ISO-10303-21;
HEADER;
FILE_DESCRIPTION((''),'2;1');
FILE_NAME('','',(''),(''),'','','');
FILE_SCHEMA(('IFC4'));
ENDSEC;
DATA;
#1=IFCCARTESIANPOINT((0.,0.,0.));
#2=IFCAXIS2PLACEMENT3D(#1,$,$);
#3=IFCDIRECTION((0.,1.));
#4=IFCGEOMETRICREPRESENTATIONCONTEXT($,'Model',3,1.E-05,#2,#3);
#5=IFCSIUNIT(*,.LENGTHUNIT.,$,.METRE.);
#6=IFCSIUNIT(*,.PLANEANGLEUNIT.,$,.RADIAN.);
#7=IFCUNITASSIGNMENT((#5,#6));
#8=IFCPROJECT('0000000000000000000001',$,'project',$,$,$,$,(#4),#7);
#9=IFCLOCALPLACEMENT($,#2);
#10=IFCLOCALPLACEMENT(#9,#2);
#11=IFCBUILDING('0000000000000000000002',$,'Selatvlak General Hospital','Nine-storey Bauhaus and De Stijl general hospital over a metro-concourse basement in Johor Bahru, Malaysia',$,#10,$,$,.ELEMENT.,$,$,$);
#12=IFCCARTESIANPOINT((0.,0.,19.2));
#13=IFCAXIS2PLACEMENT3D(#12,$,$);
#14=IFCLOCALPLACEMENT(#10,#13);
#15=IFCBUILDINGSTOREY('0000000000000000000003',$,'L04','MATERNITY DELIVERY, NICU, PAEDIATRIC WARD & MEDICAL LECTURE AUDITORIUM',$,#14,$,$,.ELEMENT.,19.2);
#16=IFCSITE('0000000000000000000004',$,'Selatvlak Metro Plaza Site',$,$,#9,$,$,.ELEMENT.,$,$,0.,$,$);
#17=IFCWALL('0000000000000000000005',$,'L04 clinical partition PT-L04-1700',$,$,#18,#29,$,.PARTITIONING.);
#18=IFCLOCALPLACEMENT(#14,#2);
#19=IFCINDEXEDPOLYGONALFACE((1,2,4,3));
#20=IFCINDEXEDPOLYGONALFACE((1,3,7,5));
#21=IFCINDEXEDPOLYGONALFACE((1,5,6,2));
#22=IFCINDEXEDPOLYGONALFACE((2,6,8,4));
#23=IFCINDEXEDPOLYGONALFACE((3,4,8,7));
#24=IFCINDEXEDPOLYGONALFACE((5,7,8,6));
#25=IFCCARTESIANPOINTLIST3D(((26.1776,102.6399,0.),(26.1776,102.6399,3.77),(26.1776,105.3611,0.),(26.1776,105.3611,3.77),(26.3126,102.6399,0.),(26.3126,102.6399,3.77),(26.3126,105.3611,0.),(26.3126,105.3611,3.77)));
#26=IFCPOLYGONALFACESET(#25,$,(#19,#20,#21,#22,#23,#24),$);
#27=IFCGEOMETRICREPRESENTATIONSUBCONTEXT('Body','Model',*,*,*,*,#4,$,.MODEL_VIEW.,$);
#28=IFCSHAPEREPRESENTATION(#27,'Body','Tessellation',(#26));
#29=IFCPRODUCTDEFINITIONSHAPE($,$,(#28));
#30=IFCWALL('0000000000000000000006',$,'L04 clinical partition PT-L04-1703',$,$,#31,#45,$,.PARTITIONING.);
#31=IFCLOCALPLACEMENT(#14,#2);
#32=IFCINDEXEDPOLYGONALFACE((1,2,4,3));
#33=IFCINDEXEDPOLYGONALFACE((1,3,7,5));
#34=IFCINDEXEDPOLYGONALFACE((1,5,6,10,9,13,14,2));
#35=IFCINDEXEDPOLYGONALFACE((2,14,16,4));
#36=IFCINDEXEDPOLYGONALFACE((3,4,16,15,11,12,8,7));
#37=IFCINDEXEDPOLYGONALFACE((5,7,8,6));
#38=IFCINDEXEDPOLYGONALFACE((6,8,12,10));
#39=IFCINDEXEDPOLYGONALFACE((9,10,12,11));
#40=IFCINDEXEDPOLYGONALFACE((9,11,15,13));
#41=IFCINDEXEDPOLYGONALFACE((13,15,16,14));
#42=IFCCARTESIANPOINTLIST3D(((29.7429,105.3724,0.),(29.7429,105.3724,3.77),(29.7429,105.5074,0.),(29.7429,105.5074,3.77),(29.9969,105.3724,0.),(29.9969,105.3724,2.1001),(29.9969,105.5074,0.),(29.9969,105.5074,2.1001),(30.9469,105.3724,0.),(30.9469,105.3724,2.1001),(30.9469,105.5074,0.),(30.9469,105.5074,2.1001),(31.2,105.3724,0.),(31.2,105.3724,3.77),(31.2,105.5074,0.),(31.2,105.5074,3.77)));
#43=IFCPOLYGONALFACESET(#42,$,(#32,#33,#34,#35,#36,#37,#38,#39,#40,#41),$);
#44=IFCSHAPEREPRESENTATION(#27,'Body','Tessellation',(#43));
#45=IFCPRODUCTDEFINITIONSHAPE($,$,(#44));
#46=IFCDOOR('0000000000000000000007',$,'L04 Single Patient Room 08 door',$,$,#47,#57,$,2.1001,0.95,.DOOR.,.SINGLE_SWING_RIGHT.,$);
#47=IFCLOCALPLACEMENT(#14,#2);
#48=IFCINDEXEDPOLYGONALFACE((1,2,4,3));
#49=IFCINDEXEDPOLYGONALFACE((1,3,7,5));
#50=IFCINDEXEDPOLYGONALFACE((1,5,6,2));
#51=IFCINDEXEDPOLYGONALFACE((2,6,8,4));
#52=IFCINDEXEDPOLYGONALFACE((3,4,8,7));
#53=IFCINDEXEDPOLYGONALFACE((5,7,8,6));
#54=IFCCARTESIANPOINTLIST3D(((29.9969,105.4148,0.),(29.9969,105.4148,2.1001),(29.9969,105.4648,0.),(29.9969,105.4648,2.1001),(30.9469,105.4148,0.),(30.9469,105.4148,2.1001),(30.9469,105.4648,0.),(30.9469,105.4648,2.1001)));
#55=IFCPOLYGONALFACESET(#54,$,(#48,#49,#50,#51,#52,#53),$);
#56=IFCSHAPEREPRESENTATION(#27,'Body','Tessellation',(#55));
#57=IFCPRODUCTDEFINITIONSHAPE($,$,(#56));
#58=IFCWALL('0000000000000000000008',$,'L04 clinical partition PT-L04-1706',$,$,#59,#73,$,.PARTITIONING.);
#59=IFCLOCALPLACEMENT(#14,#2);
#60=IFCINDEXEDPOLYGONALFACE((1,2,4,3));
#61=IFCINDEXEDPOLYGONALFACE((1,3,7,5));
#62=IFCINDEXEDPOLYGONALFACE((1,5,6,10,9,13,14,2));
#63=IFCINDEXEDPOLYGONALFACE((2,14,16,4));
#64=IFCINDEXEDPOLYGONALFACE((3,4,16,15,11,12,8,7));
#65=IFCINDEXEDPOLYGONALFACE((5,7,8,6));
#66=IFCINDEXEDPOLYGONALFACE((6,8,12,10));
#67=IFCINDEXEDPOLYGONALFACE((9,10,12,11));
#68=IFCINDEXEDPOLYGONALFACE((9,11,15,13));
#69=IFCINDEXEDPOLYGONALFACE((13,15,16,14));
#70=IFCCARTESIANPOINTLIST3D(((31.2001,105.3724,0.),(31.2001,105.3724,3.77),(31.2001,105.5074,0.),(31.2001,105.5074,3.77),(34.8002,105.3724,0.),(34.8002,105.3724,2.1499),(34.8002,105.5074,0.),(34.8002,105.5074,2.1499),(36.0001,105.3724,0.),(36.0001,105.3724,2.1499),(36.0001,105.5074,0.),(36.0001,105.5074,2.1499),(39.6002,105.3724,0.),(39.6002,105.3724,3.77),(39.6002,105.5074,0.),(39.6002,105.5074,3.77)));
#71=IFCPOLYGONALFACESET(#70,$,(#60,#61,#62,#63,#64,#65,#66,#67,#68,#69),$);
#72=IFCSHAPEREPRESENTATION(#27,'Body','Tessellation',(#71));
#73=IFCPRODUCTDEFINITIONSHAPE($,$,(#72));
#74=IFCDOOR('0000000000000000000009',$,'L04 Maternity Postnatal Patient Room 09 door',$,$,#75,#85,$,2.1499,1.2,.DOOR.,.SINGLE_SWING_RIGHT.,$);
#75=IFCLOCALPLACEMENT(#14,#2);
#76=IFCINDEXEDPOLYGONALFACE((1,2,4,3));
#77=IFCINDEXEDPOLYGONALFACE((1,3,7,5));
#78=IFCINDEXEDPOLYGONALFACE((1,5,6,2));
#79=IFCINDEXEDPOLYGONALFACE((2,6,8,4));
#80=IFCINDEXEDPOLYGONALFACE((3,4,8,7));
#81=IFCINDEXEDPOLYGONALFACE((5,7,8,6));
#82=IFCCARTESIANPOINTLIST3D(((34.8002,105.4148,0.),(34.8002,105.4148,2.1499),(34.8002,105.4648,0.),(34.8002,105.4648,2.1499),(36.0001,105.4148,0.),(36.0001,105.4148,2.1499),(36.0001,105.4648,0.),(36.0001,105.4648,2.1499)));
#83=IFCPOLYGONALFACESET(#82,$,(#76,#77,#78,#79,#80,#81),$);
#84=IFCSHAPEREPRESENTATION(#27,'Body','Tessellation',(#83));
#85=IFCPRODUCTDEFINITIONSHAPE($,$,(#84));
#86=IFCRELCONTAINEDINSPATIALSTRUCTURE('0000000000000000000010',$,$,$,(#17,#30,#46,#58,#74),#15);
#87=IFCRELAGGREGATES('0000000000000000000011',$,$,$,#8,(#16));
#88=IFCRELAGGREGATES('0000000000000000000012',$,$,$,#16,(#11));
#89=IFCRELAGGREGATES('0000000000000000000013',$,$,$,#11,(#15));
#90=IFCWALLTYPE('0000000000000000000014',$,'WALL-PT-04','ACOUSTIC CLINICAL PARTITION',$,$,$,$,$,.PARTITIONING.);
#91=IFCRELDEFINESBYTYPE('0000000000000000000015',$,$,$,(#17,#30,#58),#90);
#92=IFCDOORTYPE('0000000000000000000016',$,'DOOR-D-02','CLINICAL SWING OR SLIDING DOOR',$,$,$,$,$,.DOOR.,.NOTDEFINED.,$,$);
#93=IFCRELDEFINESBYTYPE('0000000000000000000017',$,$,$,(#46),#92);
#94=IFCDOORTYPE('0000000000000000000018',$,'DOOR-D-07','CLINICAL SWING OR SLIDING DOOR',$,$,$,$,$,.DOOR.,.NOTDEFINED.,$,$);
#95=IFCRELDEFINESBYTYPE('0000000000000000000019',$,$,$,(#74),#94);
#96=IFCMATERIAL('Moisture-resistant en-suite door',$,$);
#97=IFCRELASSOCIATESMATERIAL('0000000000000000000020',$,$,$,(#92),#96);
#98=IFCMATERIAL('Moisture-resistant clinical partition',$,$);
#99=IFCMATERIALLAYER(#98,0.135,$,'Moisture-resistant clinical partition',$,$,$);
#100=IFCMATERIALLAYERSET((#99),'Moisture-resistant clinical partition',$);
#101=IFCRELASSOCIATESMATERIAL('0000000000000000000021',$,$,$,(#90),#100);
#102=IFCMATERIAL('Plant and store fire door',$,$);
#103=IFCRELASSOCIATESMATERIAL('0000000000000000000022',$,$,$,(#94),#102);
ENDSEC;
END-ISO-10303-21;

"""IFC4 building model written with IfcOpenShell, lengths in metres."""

from ifc_helpers import new_model, si_unit, direction, frame, frame_2d, origin, place, context, subcontext, project, spatial, rectangle, extrude, material, layer, layer_set, type_object, element, fill, save


model = new_model("IFC4")

# Units and contexts
model_context = context("Model", 3, precision=1e-05, world=origin(), true_north=direction((0.0, 1.0)))
body_context = subcontext(model_context, "Body", "Model", "MODEL_VIEW")
ifc_project = project(units=[si_unit("LENGTHUNIT", "METRE"), si_unit("PLANEANGLEUNIT", "RADIAN")], contexts=[model_context])

# Site, building, storey
site_placement = place(None, origin())
site = spatial("IfcSite", under=ifc_project, at=site_placement, Name="Selatvlak Metro Plaza Site", CompositionType="ELEMENT", RefElevation=0.0)
building_placement = place(site_placement, origin())
building = spatial("IfcBuilding", under=site, at=building_placement, Name="Selatvlak General Hospital", Description="Nine-storey Bauhaus and De Stijl general hospital over a metro-concourse basement in Johor Bahru, Malaysia", CompositionType="ELEMENT")
storey_placement = place(building_placement, frame((0.0, 0.0, 19.2)))
storey = spatial("IfcBuildingStorey", under=building, at=storey_placement, Name="L04", Description="MATERNITY DELIVERY, NICU, PAEDIATRIC WARD & MEDICAL LECTURE AUDITORIUM", CompositionType="ELEMENT", Elevation=19.2)

# Shared definitions
ifc_material_1 = material(Name="Moisture-resistant en-suite door")
door_type_1 = type_object("IfcDoorType", Name="DOOR-D-02", Description="CLINICAL SWING OR SLIDING DOOR", OperationType="NOTDEFINED", PredefinedType="DOOR", material=ifc_material_1)

# Wall
ifc_material_2 = material(Name="Moisture-resistant clinical partition")
ifc_layer_1 = layer(ifc_material_2, 0.135, Name="Moisture-resistant clinical partition")
ifc_layer_set_1 = layer_set([ifc_layer_1], Name="Moisture-resistant clinical partition")
wall_type_1 = type_object("IfcWallType", Name="WALL-PT-04", Description="ACOUSTIC CLINICAL PARTITION", PredefinedType="PARTITIONING", material=ifc_layer_set_1)
wall_1_placement = place(storey_placement, frame((26.2451, 105.3611, 0.0), z_axis=(0.0, 0.0, 1.0), x_axis=(0.0, -1.0, 0.0)))
element("IfcWall", 1, at=wall_1_placement, inside=storey, type_object=wall_type_1, Name="L04 clinical partition PT-L04-1700", PredefinedType="PARTITIONING", context=body_context, shape_type="SweptSolid", body=[
    extrude(rectangle(XDim=2.7212, YDim=0.135, at=frame_2d((1.3606, 0.0))), origin(), (0.0, 0.0, 1.0), 3.77),
])

# Walls, openings, doors
wall_2_placement = place(storey_placement, frame((29.7429, 105.4399, 0.0), z_axis=(0.0, 0.0, 1.0), x_axis=(1.0, 0.0, 0.0)))
wall_2 = element("IfcWall", 2, at=wall_2_placement, inside=storey, type_object=wall_type_1, Name="L04 clinical partition PT-L04-1703", PredefinedType="PARTITIONING", context=body_context, shape_type="SweptSolid", body=[
    extrude(rectangle(XDim=1.457, YDim=0.135, at=frame_2d((0.7285, 0.0))), origin(), (0.0, 0.0, 1.0), 3.77),
])
opening_1_placement = place(wall_2_placement, frame((0.2539, 0.0, 0.0)))
opening_1 = element("IfcOpeningElement", 3, at=opening_1_placement, cuts=wall_2, PredefinedType="OPENING", context=body_context, shape_type="SweptSolid", body=[
    extrude(rectangle(XDim=0.95, YDim=2.1001, at=frame_2d((0.4751, 1.05))), frame((0.0, 0.0774, 0.0), z_axis=(0.0, -1.0, 0.0), x_axis=(1.0, 0.0, 0.0)), (0.0, 0.0, 1.0), 0.155),
])
door_1_placement = place(opening_1_placement, origin())
door_1 = element("IfcDoor", 4, at=door_1_placement, inside=storey, type_object=door_type_1, Name="L04 Single Patient Room 08 door", OperationType="SINGLE_SWING_RIGHT", OverallHeight=2.1001, OverallWidth=0.95, PredefinedType="DOOR", context=body_context, shape_type="SweptSolid", body=[
    extrude(rectangle(XDim=0.95, YDim=2.1001, at=frame_2d((0.4751, 1.05))), frame((0.0, 0.0249, 0.0), z_axis=(0.0, -1.0, 0.0), x_axis=(1.0, 0.0, 0.0)), (0.0, 0.0, 1.0), 0.05),
])
fill(opening_1, door_1)
wall_3_placement = place(storey_placement, frame((31.2, 105.4399, 0.0), z_axis=(0.0, 0.0, 1.0), x_axis=(1.0, 0.0, 0.0)))
wall_3 = element("IfcWall", 5, at=wall_3_placement, inside=storey, type_object=wall_type_1, Name="L04 clinical partition PT-L04-1706", PredefinedType="PARTITIONING", context=body_context, shape_type="SweptSolid", body=[
    extrude(rectangle(XDim=8.4001, YDim=0.135, at=frame_2d((4.2002, 0.0))), origin(), (0.0, 0.0, 1.0), 3.77),
])
opening_2_placement = place(wall_3_placement, frame((3.6001, 0.0, 0.0)))
opening_2 = element("IfcOpeningElement", 6, at=opening_2_placement, cuts=wall_3, PredefinedType="OPENING", context=body_context, shape_type="SweptSolid", body=[
    extrude(rectangle(XDim=1.2, YDim=2.1499, at=frame_2d((0.6001, 1.075))), frame((0.0, 0.0774, 0.0), z_axis=(0.0, -1.0, 0.0), x_axis=(1.0, 0.0, 0.0)), (0.0, 0.0, 1.0), 0.155),
])
ifc_material_3 = material(Name="Plant and store fire door")
door_type_2 = type_object("IfcDoorType", Name="DOOR-D-07", Description="CLINICAL SWING OR SLIDING DOOR", OperationType="NOTDEFINED", PredefinedType="DOOR", material=ifc_material_3)
door_2_placement = place(opening_2_placement, origin())
door_2 = element("IfcDoor", 7, at=door_2_placement, inside=storey, type_object=door_type_2, Name="L04 Maternity Postnatal Patient Room 09 door", OperationType="SINGLE_SWING_RIGHT", OverallHeight=2.1499, OverallWidth=1.2, PredefinedType="DOOR", context=body_context, shape_type="SweptSolid", body=[
    extrude(rectangle(XDim=1.2, YDim=2.1499, at=frame_2d((0.6001, 1.075))), frame((0.0, 0.0249, 0.0), z_axis=(0.0, -1.0, 0.0), x_axis=(1.0, 0.0, 0.0)), (0.0, 0.0, 1.0), 0.05),
])
fill(opening_2, door_2)

save(model, "model.ifc")
